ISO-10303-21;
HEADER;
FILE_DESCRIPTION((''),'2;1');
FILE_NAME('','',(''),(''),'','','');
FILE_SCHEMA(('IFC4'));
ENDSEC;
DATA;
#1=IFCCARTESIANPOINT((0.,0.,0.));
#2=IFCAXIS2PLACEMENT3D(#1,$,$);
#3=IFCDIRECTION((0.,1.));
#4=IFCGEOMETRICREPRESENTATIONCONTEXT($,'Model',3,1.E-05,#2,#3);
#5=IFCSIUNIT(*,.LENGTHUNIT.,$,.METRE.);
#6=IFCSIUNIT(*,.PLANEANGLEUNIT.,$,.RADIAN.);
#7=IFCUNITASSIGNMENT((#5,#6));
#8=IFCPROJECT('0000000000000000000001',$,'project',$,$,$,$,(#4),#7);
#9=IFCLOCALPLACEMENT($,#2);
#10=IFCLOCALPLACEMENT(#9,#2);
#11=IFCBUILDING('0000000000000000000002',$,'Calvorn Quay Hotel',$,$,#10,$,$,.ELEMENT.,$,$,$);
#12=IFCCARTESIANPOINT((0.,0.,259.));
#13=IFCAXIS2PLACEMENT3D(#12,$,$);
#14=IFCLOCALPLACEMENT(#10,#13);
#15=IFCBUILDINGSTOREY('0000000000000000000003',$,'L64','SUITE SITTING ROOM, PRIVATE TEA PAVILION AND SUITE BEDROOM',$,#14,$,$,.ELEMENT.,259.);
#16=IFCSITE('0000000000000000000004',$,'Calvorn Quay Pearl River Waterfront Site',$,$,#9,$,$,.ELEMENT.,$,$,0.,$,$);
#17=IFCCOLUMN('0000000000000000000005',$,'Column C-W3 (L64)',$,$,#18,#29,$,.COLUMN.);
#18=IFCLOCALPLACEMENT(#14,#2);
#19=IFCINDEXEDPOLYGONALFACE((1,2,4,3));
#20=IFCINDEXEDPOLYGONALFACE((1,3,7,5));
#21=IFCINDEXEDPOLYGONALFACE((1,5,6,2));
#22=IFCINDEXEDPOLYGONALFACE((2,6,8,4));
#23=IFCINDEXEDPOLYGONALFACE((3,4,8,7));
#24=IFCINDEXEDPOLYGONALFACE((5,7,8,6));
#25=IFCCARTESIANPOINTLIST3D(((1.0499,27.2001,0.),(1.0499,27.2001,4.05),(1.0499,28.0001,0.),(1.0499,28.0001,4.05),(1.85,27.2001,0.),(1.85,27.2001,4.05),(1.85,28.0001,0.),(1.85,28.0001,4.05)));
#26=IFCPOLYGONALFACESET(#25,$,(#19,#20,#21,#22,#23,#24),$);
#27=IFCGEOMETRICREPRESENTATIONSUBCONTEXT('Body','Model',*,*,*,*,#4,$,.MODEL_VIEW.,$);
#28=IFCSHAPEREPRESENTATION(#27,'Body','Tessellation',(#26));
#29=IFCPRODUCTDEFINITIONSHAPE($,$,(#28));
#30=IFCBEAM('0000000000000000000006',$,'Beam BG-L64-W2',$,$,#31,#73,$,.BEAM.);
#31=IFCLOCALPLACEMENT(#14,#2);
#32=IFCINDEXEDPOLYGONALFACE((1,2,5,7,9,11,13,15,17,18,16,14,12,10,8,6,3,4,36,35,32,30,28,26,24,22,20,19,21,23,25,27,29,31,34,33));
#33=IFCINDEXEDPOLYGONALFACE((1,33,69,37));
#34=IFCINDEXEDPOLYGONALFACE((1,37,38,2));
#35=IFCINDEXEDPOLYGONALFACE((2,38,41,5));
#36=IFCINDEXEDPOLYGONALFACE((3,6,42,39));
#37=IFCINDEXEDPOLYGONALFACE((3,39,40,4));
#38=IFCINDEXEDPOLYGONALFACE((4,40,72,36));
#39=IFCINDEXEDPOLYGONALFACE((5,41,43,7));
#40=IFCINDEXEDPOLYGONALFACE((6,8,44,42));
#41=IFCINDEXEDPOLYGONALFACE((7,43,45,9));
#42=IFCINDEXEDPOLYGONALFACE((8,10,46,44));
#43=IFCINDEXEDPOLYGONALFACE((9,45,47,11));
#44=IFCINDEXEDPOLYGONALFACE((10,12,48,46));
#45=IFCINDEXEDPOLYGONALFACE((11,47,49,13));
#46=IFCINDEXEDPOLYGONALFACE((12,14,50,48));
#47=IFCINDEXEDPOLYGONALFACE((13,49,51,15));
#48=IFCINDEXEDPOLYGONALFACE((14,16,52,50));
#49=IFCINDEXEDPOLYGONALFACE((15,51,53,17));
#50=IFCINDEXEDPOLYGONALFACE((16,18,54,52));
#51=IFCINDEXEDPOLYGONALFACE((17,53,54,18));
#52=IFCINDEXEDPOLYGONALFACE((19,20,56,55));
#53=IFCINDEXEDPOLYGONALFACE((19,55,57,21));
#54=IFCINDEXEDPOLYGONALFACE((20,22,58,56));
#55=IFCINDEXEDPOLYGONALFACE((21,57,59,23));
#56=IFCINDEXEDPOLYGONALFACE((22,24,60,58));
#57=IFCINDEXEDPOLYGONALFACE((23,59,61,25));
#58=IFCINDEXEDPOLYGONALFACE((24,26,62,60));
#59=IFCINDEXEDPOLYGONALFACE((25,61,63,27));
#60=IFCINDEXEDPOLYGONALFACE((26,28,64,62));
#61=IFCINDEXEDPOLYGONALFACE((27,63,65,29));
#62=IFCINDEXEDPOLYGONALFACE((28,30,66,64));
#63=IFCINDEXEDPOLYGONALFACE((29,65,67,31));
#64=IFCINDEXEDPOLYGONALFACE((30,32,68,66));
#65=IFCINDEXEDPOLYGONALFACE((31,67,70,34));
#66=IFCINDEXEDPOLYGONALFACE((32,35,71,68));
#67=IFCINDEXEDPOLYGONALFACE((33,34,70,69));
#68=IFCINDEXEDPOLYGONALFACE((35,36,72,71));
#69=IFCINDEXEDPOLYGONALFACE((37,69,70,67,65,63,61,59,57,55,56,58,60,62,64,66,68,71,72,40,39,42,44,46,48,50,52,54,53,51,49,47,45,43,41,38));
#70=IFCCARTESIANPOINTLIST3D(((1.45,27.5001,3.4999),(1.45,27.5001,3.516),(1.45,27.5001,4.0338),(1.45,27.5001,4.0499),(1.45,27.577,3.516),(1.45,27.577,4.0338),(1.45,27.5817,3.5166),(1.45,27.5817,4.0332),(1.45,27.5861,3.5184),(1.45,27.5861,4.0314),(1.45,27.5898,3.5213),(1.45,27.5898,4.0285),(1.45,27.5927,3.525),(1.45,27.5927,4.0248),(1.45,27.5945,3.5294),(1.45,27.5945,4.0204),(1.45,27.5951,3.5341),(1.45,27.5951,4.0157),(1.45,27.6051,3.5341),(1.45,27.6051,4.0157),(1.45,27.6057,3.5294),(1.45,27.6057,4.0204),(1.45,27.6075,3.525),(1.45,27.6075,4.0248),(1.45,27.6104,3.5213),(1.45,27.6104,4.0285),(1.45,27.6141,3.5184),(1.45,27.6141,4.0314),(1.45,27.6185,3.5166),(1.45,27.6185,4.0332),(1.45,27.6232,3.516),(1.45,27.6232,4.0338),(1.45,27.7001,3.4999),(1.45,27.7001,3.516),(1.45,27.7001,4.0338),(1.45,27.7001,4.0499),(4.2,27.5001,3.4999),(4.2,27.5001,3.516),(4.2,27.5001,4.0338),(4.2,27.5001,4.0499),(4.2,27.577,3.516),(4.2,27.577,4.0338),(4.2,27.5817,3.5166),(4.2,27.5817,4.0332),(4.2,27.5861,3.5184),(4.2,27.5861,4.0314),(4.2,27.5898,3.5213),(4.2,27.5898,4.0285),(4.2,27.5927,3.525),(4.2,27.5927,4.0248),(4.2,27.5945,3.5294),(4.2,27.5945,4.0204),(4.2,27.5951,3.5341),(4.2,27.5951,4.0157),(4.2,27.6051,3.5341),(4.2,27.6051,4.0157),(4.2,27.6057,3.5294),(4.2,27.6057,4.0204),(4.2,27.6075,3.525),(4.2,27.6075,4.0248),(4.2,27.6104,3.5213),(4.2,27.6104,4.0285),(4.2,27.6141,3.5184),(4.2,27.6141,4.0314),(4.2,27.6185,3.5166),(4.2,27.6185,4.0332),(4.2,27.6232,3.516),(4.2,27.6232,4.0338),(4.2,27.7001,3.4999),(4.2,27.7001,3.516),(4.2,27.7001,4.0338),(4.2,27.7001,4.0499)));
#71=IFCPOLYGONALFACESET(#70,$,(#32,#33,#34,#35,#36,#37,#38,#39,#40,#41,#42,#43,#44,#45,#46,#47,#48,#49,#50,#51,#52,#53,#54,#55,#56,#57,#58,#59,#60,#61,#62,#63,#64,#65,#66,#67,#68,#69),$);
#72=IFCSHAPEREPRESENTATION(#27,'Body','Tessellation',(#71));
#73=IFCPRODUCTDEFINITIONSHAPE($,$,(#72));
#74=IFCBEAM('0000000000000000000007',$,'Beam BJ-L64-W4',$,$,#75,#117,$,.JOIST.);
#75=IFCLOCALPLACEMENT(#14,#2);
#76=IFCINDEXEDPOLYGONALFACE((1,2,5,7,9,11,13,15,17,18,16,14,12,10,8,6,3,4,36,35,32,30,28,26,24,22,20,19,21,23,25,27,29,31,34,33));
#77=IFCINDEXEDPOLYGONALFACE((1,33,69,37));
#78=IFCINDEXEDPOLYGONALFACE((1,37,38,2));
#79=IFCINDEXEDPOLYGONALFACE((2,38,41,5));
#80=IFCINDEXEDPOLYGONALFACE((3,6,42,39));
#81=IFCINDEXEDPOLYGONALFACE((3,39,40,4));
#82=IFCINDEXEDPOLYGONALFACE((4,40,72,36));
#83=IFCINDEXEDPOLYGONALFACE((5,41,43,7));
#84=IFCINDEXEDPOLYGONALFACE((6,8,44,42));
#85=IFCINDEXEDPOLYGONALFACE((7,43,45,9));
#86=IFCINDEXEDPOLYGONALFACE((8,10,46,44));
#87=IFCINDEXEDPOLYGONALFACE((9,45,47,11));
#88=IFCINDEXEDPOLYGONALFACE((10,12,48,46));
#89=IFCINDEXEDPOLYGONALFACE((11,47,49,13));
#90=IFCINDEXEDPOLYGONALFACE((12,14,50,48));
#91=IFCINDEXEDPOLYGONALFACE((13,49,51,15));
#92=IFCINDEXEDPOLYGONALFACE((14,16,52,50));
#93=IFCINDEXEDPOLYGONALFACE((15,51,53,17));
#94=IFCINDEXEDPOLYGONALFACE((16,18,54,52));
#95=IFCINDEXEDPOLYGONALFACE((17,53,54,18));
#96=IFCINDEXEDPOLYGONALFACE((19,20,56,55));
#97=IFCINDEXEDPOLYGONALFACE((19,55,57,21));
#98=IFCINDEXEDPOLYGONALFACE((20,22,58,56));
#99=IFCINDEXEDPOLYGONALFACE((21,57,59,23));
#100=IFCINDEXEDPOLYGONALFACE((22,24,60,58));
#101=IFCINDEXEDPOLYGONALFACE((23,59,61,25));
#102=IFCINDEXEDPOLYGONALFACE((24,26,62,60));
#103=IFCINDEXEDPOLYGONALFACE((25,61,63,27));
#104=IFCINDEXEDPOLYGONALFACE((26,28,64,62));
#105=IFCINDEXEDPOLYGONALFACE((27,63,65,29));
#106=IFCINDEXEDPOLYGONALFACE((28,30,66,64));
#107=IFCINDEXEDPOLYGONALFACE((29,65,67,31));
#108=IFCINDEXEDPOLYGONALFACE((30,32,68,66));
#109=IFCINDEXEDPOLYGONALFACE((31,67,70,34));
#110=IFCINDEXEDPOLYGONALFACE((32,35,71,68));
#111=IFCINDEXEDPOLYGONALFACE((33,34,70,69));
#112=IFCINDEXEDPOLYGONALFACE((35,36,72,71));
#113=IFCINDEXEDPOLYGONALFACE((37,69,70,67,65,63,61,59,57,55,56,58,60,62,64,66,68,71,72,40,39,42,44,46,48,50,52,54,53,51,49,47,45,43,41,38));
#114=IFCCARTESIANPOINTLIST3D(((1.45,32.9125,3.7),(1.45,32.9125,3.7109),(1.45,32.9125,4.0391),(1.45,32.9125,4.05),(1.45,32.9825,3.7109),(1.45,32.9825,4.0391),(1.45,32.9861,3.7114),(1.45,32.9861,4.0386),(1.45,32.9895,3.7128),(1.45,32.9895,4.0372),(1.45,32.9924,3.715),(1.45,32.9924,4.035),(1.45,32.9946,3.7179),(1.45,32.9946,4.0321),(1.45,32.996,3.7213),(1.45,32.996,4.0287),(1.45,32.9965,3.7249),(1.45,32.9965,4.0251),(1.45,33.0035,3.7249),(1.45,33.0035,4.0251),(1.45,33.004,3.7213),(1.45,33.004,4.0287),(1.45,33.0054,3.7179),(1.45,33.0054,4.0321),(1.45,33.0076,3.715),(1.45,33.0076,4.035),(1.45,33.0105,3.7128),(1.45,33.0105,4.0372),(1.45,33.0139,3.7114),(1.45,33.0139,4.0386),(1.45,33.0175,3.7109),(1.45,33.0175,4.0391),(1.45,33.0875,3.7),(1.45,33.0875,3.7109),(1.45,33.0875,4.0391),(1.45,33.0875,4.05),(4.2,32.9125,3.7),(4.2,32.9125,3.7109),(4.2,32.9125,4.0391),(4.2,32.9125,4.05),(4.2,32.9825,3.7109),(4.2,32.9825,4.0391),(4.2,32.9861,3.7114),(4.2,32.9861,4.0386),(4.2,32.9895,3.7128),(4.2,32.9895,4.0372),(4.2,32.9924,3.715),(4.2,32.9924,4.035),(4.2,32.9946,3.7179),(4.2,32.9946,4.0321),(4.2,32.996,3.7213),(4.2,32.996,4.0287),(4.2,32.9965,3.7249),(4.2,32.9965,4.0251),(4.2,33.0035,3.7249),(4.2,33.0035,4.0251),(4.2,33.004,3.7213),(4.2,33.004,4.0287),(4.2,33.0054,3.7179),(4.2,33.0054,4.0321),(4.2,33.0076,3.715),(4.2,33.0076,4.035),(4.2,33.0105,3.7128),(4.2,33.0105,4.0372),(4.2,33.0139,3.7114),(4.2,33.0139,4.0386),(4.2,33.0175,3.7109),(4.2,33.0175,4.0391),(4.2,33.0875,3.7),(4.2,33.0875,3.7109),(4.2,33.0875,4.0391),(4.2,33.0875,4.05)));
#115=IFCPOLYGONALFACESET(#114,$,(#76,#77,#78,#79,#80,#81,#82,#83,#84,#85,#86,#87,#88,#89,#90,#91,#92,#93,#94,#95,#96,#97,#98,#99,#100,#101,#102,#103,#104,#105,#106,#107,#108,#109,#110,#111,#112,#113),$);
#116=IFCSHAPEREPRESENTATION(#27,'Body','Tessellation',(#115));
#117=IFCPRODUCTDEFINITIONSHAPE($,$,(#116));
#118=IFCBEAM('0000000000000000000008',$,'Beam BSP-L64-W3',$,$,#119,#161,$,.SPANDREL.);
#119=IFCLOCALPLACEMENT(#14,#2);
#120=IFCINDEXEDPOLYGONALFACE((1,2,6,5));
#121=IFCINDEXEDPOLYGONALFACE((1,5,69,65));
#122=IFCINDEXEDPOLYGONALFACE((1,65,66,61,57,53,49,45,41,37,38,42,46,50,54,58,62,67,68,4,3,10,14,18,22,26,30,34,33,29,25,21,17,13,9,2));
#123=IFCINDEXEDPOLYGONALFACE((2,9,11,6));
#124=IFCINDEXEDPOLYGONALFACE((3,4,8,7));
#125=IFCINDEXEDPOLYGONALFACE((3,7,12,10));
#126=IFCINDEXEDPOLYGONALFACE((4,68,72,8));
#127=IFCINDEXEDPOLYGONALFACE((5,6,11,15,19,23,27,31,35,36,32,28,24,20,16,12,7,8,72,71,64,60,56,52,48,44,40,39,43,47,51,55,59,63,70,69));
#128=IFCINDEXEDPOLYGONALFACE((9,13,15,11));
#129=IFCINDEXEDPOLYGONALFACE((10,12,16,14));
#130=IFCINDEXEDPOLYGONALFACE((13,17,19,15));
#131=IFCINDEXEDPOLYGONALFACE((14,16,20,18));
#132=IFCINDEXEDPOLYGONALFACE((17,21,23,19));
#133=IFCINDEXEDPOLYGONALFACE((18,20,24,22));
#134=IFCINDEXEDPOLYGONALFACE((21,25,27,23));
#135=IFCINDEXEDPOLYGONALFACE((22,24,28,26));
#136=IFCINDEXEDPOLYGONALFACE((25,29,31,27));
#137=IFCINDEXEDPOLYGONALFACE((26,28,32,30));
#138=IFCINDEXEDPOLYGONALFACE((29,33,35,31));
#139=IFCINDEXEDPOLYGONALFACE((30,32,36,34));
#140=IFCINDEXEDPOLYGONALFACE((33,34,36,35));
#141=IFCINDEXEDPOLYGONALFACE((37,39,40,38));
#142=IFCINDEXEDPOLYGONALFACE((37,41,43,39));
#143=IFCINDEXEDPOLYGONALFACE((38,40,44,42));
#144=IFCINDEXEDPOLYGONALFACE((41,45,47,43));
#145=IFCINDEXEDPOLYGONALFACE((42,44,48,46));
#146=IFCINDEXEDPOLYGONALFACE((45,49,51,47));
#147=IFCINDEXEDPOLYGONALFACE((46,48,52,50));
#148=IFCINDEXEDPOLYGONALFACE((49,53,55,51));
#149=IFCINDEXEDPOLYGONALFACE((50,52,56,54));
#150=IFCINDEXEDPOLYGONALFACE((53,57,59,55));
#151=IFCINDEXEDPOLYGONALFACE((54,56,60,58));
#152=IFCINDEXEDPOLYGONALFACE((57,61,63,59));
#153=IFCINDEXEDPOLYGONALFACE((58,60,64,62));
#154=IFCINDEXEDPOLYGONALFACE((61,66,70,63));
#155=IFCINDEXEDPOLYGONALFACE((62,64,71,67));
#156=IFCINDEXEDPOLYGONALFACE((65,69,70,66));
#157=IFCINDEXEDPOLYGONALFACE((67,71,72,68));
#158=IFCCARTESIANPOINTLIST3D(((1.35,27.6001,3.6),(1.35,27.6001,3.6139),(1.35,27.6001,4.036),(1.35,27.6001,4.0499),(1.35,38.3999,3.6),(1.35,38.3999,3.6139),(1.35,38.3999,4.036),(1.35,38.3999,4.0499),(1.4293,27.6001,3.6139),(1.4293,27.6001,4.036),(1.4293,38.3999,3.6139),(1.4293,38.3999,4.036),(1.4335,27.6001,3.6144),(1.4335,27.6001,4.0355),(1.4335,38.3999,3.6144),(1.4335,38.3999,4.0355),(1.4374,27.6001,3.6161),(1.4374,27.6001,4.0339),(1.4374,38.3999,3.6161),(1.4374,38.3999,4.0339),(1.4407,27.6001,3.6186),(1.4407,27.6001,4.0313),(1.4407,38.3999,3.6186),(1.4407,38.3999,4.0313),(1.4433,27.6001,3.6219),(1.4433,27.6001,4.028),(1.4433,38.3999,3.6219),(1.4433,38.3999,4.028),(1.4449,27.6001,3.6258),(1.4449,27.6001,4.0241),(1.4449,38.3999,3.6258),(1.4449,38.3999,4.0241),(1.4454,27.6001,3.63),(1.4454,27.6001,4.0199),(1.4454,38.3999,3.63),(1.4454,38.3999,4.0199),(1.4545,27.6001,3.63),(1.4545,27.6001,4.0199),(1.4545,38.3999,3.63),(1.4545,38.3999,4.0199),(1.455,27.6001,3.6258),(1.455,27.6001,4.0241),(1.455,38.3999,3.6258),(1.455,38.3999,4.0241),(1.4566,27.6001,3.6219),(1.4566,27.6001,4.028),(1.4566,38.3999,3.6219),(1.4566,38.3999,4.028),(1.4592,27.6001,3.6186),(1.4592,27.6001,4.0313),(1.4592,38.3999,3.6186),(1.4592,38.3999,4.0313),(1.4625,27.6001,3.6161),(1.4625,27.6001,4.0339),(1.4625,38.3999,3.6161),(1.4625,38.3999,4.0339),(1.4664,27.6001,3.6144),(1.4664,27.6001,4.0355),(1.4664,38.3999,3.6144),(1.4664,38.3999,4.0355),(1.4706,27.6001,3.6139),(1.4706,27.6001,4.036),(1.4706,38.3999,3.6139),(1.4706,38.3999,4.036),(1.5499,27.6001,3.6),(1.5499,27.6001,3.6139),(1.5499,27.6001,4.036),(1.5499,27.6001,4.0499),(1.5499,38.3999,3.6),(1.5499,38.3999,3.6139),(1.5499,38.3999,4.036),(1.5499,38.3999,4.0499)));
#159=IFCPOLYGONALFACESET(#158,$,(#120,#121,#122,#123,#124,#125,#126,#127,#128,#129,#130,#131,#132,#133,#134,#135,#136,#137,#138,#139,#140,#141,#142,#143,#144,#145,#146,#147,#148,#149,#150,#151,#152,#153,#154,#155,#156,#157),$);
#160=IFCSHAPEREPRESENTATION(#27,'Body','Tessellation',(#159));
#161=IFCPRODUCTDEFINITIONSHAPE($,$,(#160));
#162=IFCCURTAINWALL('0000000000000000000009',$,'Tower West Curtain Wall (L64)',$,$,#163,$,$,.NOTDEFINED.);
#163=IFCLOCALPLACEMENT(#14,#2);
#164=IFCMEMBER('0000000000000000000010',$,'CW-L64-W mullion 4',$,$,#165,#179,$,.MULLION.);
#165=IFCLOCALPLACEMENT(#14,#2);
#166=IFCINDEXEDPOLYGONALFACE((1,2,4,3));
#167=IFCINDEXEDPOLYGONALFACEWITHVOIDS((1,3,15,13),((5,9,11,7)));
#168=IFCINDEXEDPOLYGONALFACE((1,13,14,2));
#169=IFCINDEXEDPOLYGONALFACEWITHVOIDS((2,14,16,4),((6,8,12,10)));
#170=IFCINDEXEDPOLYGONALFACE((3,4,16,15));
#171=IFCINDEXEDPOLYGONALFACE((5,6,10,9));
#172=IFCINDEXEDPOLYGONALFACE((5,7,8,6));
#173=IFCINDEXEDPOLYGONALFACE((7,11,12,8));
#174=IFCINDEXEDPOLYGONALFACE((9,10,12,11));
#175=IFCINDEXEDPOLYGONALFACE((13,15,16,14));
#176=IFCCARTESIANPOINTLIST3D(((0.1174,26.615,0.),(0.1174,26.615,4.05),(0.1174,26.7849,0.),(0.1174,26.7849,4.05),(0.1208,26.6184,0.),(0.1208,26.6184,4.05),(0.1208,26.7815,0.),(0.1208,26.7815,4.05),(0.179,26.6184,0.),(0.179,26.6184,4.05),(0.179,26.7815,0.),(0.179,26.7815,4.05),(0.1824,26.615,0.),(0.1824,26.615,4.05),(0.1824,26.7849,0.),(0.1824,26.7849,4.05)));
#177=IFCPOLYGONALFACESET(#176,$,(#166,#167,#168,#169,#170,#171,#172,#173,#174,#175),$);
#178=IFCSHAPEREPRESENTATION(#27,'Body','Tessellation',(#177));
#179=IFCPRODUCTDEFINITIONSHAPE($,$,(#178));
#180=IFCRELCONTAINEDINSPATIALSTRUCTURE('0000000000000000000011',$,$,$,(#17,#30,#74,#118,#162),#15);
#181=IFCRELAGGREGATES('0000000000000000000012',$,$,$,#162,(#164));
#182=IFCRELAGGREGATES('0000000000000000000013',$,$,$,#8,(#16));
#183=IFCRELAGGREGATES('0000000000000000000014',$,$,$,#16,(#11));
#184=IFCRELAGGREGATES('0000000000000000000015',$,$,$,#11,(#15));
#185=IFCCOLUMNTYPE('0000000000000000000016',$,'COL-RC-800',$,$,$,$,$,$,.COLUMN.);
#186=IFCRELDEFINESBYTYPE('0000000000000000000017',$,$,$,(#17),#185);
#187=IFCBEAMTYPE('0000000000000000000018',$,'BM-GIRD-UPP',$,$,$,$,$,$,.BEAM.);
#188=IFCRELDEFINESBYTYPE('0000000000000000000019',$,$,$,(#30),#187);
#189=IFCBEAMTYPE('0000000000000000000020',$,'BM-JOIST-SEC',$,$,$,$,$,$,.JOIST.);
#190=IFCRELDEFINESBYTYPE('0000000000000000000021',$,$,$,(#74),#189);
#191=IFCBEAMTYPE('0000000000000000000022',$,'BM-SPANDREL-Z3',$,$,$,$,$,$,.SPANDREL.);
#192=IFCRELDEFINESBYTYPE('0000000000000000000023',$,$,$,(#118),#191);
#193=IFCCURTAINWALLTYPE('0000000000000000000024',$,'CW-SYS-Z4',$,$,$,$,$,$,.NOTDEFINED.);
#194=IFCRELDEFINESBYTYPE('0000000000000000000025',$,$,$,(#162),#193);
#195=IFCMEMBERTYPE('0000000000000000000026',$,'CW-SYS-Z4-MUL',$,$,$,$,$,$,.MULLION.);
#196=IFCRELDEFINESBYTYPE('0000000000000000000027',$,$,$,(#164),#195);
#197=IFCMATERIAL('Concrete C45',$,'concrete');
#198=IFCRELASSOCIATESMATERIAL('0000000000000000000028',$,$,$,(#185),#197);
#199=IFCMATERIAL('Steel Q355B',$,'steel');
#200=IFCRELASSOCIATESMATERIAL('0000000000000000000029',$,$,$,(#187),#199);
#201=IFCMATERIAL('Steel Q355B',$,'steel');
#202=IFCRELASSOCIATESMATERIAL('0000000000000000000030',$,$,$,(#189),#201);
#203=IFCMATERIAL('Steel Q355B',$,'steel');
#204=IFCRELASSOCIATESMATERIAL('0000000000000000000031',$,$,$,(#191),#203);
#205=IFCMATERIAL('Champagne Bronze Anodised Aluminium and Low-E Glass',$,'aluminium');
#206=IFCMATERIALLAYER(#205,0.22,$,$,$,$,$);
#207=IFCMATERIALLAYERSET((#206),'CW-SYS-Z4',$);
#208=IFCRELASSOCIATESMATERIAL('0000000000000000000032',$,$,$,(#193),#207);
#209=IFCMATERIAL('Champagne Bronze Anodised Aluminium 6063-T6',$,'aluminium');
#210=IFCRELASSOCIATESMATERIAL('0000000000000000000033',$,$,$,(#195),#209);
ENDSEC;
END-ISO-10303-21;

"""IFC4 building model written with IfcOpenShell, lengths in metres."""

from ifc_helpers import new_model, si_unit, direction, frame, origin, origin_2d, place, context, subcontext, project, spatial, rectangle, hollow_rectangle, i_section, extrude, material, layer, layer_set, material_profile, profile_set, type_object, element, aggregate, save


model = new_model("IFC4")

# Units and contexts
model_context = context("Model", 3, precision=1e-05, world=origin(), true_north=direction((0.0, 1.0)))
body_context = subcontext(model_context, "Body", "Model", "MODEL_VIEW")
ifc_project = project(units=[si_unit("LENGTHUNIT", "METRE"), si_unit("PLANEANGLEUNIT", "RADIAN")], contexts=[model_context])

# Site, building, storey
site_placement = place(None, origin())
site = spatial("IfcSite", under=ifc_project, at=site_placement, Name="Calvorn Quay Pearl River Waterfront Site", CompositionType="ELEMENT", RefElevation=0.0)
building_placement = place(site_placement, origin())
building = spatial("IfcBuilding", under=site, at=building_placement, Name="Calvorn Quay Hotel", CompositionType="ELEMENT")
storey_placement = place(building_placement, frame((0.0, 0.0, 259.0)))
storey = spatial("IfcBuildingStorey", under=building, at=storey_placement, Name="L64", Description="SUITE SITTING ROOM, PRIVATE TEA PAVILION AND SUITE BEDROOM", CompositionType="ELEMENT", Elevation=259.0)

# Column
ifc_material_1 = material(Name="Concrete C45", Category="concrete")
ifc_material_profile_1 = material_profile(ifc_material_1, rectangle(XDim=0.8, YDim=0.8, at=origin_2d()), Name="RC800x800")
ifc_profile_set_1 = profile_set([ifc_material_profile_1], Name="Concrete C45")
column_type = type_object("IfcColumnType", Name="COL-RC-800", PredefinedType="COLUMN", material=ifc_profile_set_1)
column_placement = place(storey_placement, frame((1.45, 27.6001, 0.0), z_axis=(0.0, 0.0, 1.0), x_axis=(1.0, 0.0, 0.0)))
element("IfcColumn", 1, at=column_placement, inside=storey, type_object=column_type, Name="Column C-W3 (L64)", PredefinedType="COLUMN", context=body_context, shape_type="SweptSolid", body=[
    extrude(rectangle(XDim=0.8, YDim=0.8, at=origin_2d()), origin(), (0.0, 0.0, 1.0), 4.05),
])

# Beams
ifc_material_2 = material(Name="Steel Q355B", Category="steel")
ifc_material_profile_2 = material_profile(ifc_material_2, i_section(OverallWidth=0.2, OverallDepth=0.55, WebThickness=0.01, FlangeThickness=0.0161, FilletRadius=0.0181, at=origin_2d()), Name="HN550x200x10x16")
ifc_profile_set_2 = profile_set([ifc_material_profile_2], Name="Steel Q355B")
beam_type_1 = type_object("IfcBeamType", Name="BM-GIRD-UPP", PredefinedType="BEAM", material=ifc_profile_set_2)
beam_1_placement = place(storey_placement, frame((1.45, 27.6001, 3.7749), z_axis=(1.0, 0.0, 0.0), x_axis=(0.0, 1.0, 0.0)))
element("IfcBeam", 2, at=beam_1_placement, inside=storey, type_object=beam_type_1, Name="Beam BG-L64-W2", PredefinedType="BEAM", context=body_context, shape_type="SweptSolid", body=[
    extrude(i_section(OverallWidth=0.2, OverallDepth=0.55, WebThickness=0.01, FlangeThickness=0.0161, FilletRadius=0.0181, at=origin_2d()), origin(), (0.0, 0.0, 1.0), 2.75),
])
ifc_material_3 = material(Name="Steel Q355B", Category="steel")
ifc_material_profile_3 = material_profile(ifc_material_3, i_section(OverallWidth=0.175, OverallDepth=0.3501, WebThickness=0.0071, FlangeThickness=0.011, FilletRadius=0.0139, at=origin_2d()), Name="HN350x175x7x11")
ifc_profile_set_3 = profile_set([ifc_material_profile_3], Name="Steel Q355B")
beam_type_2 = type_object("IfcBeamType", Name="BM-JOIST-SEC", PredefinedType="JOIST", material=ifc_profile_set_3)
beam_2_placement = place(storey_placement, frame((1.45, 33.0, 3.875), z_axis=(1.0, 0.0, 0.0), x_axis=(0.0, 1.0, 0.0)))
element("IfcBeam", 3, at=beam_2_placement, inside=storey, type_object=beam_type_2, Name="Beam BJ-L64-W4", PredefinedType="JOIST", context=body_context, shape_type="SweptSolid", body=[
    extrude(i_section(OverallWidth=0.175, OverallDepth=0.3501, WebThickness=0.0071, FlangeThickness=0.011, FilletRadius=0.0139, at=origin_2d()), origin(), (0.0, 0.0, 1.0), 2.75),
])
ifc_material_4 = material(Name="Steel Q355B", Category="steel")
ifc_material_profile_4 = material_profile(ifc_material_4, i_section(OverallWidth=0.2, OverallDepth=0.45, WebThickness=0.009, FlangeThickness=0.0139, FilletRadius=0.0161, at=origin_2d()), Name="HN450x200x9x14")
ifc_profile_set_4 = profile_set([ifc_material_profile_4], Name="Steel Q355B")
beam_type_3 = type_object("IfcBeamType", Name="BM-SPANDREL-Z3", PredefinedType="SPANDREL", material=ifc_profile_set_4)
beam_3_placement = place(storey_placement, frame((1.45, 27.6001, 3.825), z_axis=(0.0, 1.0, 0.0), x_axis=(-1.0, 0.0, 0.0)))
element("IfcBeam", 4, at=beam_3_placement, inside=storey, type_object=beam_type_3, Name="Beam BSP-L64-W3", PredefinedType="SPANDREL", context=body_context, shape_type="SweptSolid", body=[
    extrude(i_section(OverallWidth=0.2, OverallDepth=0.45, WebThickness=0.009, FlangeThickness=0.0139, FilletRadius=0.0161, at=origin_2d()), origin(), (0.0, 0.0, 1.0), 10.7998),
])

# Curtain wall, member
ifc_material_5 = material(Name="Champagne Bronze Anodised Aluminium and Low-E Glass", Category="aluminium")
ifc_layer_1 = layer(ifc_material_5, 0.22)
ifc_layer_set_1 = layer_set([ifc_layer_1], Name="CW-SYS-Z4")
curtain_wall_type = type_object("IfcCurtainWallType", Name="CW-SYS-Z4", PredefinedType="NOTDEFINED", material=ifc_layer_set_1)
curtain_wall_placement = place(storey_placement, origin())
curtain_wall = element("IfcCurtainWall", 5, at=curtain_wall_placement, inside=storey, type_object=curtain_wall_type, Name="Tower West Curtain Wall (L64)", PredefinedType="NOTDEFINED")
ifc_material_6 = material(Name="Champagne Bronze Anodised Aluminium 6063-T6", Category="aluminium")
ifc_material_profile_5 = material_profile(ifc_material_6, hollow_rectangle(XDim=0.0649, YDim=0.1699, WallThickness=0.0034, at=origin_2d()), Name="ALU-M170x65x3.5")
ifc_profile_set_5 = profile_set([ifc_material_profile_5], Name="Champagne Bronze Anodised Aluminium 6063-T6")
member_type_1 = type_object("IfcMemberType", Name="CW-SYS-Z4-MUL", PredefinedType="MULLION", material=ifc_profile_set_5)
member_1_placement = place(storey_placement, frame((0.1499, 26.7, 0.0), z_axis=(0.0, 0.0, 1.0), x_axis=(-1.0, 0.0, 0.0)))
member_1 = element("IfcMember", 6, at=member_1_placement, type_object=member_type_1, Name="CW-L64-W mullion 4", PredefinedType="MULLION", context=body_context, shape_type="SweptSolid", body=[
    extrude(hollow_rectangle(XDim=0.0649, YDim=0.1699, WallThickness=0.0034, at=origin_2d()), origin(), (0.0, 0.0, 1.0), 4.05),
])
aggregate(curtain_wall, [member_1])

save(model, "model.ifc")
